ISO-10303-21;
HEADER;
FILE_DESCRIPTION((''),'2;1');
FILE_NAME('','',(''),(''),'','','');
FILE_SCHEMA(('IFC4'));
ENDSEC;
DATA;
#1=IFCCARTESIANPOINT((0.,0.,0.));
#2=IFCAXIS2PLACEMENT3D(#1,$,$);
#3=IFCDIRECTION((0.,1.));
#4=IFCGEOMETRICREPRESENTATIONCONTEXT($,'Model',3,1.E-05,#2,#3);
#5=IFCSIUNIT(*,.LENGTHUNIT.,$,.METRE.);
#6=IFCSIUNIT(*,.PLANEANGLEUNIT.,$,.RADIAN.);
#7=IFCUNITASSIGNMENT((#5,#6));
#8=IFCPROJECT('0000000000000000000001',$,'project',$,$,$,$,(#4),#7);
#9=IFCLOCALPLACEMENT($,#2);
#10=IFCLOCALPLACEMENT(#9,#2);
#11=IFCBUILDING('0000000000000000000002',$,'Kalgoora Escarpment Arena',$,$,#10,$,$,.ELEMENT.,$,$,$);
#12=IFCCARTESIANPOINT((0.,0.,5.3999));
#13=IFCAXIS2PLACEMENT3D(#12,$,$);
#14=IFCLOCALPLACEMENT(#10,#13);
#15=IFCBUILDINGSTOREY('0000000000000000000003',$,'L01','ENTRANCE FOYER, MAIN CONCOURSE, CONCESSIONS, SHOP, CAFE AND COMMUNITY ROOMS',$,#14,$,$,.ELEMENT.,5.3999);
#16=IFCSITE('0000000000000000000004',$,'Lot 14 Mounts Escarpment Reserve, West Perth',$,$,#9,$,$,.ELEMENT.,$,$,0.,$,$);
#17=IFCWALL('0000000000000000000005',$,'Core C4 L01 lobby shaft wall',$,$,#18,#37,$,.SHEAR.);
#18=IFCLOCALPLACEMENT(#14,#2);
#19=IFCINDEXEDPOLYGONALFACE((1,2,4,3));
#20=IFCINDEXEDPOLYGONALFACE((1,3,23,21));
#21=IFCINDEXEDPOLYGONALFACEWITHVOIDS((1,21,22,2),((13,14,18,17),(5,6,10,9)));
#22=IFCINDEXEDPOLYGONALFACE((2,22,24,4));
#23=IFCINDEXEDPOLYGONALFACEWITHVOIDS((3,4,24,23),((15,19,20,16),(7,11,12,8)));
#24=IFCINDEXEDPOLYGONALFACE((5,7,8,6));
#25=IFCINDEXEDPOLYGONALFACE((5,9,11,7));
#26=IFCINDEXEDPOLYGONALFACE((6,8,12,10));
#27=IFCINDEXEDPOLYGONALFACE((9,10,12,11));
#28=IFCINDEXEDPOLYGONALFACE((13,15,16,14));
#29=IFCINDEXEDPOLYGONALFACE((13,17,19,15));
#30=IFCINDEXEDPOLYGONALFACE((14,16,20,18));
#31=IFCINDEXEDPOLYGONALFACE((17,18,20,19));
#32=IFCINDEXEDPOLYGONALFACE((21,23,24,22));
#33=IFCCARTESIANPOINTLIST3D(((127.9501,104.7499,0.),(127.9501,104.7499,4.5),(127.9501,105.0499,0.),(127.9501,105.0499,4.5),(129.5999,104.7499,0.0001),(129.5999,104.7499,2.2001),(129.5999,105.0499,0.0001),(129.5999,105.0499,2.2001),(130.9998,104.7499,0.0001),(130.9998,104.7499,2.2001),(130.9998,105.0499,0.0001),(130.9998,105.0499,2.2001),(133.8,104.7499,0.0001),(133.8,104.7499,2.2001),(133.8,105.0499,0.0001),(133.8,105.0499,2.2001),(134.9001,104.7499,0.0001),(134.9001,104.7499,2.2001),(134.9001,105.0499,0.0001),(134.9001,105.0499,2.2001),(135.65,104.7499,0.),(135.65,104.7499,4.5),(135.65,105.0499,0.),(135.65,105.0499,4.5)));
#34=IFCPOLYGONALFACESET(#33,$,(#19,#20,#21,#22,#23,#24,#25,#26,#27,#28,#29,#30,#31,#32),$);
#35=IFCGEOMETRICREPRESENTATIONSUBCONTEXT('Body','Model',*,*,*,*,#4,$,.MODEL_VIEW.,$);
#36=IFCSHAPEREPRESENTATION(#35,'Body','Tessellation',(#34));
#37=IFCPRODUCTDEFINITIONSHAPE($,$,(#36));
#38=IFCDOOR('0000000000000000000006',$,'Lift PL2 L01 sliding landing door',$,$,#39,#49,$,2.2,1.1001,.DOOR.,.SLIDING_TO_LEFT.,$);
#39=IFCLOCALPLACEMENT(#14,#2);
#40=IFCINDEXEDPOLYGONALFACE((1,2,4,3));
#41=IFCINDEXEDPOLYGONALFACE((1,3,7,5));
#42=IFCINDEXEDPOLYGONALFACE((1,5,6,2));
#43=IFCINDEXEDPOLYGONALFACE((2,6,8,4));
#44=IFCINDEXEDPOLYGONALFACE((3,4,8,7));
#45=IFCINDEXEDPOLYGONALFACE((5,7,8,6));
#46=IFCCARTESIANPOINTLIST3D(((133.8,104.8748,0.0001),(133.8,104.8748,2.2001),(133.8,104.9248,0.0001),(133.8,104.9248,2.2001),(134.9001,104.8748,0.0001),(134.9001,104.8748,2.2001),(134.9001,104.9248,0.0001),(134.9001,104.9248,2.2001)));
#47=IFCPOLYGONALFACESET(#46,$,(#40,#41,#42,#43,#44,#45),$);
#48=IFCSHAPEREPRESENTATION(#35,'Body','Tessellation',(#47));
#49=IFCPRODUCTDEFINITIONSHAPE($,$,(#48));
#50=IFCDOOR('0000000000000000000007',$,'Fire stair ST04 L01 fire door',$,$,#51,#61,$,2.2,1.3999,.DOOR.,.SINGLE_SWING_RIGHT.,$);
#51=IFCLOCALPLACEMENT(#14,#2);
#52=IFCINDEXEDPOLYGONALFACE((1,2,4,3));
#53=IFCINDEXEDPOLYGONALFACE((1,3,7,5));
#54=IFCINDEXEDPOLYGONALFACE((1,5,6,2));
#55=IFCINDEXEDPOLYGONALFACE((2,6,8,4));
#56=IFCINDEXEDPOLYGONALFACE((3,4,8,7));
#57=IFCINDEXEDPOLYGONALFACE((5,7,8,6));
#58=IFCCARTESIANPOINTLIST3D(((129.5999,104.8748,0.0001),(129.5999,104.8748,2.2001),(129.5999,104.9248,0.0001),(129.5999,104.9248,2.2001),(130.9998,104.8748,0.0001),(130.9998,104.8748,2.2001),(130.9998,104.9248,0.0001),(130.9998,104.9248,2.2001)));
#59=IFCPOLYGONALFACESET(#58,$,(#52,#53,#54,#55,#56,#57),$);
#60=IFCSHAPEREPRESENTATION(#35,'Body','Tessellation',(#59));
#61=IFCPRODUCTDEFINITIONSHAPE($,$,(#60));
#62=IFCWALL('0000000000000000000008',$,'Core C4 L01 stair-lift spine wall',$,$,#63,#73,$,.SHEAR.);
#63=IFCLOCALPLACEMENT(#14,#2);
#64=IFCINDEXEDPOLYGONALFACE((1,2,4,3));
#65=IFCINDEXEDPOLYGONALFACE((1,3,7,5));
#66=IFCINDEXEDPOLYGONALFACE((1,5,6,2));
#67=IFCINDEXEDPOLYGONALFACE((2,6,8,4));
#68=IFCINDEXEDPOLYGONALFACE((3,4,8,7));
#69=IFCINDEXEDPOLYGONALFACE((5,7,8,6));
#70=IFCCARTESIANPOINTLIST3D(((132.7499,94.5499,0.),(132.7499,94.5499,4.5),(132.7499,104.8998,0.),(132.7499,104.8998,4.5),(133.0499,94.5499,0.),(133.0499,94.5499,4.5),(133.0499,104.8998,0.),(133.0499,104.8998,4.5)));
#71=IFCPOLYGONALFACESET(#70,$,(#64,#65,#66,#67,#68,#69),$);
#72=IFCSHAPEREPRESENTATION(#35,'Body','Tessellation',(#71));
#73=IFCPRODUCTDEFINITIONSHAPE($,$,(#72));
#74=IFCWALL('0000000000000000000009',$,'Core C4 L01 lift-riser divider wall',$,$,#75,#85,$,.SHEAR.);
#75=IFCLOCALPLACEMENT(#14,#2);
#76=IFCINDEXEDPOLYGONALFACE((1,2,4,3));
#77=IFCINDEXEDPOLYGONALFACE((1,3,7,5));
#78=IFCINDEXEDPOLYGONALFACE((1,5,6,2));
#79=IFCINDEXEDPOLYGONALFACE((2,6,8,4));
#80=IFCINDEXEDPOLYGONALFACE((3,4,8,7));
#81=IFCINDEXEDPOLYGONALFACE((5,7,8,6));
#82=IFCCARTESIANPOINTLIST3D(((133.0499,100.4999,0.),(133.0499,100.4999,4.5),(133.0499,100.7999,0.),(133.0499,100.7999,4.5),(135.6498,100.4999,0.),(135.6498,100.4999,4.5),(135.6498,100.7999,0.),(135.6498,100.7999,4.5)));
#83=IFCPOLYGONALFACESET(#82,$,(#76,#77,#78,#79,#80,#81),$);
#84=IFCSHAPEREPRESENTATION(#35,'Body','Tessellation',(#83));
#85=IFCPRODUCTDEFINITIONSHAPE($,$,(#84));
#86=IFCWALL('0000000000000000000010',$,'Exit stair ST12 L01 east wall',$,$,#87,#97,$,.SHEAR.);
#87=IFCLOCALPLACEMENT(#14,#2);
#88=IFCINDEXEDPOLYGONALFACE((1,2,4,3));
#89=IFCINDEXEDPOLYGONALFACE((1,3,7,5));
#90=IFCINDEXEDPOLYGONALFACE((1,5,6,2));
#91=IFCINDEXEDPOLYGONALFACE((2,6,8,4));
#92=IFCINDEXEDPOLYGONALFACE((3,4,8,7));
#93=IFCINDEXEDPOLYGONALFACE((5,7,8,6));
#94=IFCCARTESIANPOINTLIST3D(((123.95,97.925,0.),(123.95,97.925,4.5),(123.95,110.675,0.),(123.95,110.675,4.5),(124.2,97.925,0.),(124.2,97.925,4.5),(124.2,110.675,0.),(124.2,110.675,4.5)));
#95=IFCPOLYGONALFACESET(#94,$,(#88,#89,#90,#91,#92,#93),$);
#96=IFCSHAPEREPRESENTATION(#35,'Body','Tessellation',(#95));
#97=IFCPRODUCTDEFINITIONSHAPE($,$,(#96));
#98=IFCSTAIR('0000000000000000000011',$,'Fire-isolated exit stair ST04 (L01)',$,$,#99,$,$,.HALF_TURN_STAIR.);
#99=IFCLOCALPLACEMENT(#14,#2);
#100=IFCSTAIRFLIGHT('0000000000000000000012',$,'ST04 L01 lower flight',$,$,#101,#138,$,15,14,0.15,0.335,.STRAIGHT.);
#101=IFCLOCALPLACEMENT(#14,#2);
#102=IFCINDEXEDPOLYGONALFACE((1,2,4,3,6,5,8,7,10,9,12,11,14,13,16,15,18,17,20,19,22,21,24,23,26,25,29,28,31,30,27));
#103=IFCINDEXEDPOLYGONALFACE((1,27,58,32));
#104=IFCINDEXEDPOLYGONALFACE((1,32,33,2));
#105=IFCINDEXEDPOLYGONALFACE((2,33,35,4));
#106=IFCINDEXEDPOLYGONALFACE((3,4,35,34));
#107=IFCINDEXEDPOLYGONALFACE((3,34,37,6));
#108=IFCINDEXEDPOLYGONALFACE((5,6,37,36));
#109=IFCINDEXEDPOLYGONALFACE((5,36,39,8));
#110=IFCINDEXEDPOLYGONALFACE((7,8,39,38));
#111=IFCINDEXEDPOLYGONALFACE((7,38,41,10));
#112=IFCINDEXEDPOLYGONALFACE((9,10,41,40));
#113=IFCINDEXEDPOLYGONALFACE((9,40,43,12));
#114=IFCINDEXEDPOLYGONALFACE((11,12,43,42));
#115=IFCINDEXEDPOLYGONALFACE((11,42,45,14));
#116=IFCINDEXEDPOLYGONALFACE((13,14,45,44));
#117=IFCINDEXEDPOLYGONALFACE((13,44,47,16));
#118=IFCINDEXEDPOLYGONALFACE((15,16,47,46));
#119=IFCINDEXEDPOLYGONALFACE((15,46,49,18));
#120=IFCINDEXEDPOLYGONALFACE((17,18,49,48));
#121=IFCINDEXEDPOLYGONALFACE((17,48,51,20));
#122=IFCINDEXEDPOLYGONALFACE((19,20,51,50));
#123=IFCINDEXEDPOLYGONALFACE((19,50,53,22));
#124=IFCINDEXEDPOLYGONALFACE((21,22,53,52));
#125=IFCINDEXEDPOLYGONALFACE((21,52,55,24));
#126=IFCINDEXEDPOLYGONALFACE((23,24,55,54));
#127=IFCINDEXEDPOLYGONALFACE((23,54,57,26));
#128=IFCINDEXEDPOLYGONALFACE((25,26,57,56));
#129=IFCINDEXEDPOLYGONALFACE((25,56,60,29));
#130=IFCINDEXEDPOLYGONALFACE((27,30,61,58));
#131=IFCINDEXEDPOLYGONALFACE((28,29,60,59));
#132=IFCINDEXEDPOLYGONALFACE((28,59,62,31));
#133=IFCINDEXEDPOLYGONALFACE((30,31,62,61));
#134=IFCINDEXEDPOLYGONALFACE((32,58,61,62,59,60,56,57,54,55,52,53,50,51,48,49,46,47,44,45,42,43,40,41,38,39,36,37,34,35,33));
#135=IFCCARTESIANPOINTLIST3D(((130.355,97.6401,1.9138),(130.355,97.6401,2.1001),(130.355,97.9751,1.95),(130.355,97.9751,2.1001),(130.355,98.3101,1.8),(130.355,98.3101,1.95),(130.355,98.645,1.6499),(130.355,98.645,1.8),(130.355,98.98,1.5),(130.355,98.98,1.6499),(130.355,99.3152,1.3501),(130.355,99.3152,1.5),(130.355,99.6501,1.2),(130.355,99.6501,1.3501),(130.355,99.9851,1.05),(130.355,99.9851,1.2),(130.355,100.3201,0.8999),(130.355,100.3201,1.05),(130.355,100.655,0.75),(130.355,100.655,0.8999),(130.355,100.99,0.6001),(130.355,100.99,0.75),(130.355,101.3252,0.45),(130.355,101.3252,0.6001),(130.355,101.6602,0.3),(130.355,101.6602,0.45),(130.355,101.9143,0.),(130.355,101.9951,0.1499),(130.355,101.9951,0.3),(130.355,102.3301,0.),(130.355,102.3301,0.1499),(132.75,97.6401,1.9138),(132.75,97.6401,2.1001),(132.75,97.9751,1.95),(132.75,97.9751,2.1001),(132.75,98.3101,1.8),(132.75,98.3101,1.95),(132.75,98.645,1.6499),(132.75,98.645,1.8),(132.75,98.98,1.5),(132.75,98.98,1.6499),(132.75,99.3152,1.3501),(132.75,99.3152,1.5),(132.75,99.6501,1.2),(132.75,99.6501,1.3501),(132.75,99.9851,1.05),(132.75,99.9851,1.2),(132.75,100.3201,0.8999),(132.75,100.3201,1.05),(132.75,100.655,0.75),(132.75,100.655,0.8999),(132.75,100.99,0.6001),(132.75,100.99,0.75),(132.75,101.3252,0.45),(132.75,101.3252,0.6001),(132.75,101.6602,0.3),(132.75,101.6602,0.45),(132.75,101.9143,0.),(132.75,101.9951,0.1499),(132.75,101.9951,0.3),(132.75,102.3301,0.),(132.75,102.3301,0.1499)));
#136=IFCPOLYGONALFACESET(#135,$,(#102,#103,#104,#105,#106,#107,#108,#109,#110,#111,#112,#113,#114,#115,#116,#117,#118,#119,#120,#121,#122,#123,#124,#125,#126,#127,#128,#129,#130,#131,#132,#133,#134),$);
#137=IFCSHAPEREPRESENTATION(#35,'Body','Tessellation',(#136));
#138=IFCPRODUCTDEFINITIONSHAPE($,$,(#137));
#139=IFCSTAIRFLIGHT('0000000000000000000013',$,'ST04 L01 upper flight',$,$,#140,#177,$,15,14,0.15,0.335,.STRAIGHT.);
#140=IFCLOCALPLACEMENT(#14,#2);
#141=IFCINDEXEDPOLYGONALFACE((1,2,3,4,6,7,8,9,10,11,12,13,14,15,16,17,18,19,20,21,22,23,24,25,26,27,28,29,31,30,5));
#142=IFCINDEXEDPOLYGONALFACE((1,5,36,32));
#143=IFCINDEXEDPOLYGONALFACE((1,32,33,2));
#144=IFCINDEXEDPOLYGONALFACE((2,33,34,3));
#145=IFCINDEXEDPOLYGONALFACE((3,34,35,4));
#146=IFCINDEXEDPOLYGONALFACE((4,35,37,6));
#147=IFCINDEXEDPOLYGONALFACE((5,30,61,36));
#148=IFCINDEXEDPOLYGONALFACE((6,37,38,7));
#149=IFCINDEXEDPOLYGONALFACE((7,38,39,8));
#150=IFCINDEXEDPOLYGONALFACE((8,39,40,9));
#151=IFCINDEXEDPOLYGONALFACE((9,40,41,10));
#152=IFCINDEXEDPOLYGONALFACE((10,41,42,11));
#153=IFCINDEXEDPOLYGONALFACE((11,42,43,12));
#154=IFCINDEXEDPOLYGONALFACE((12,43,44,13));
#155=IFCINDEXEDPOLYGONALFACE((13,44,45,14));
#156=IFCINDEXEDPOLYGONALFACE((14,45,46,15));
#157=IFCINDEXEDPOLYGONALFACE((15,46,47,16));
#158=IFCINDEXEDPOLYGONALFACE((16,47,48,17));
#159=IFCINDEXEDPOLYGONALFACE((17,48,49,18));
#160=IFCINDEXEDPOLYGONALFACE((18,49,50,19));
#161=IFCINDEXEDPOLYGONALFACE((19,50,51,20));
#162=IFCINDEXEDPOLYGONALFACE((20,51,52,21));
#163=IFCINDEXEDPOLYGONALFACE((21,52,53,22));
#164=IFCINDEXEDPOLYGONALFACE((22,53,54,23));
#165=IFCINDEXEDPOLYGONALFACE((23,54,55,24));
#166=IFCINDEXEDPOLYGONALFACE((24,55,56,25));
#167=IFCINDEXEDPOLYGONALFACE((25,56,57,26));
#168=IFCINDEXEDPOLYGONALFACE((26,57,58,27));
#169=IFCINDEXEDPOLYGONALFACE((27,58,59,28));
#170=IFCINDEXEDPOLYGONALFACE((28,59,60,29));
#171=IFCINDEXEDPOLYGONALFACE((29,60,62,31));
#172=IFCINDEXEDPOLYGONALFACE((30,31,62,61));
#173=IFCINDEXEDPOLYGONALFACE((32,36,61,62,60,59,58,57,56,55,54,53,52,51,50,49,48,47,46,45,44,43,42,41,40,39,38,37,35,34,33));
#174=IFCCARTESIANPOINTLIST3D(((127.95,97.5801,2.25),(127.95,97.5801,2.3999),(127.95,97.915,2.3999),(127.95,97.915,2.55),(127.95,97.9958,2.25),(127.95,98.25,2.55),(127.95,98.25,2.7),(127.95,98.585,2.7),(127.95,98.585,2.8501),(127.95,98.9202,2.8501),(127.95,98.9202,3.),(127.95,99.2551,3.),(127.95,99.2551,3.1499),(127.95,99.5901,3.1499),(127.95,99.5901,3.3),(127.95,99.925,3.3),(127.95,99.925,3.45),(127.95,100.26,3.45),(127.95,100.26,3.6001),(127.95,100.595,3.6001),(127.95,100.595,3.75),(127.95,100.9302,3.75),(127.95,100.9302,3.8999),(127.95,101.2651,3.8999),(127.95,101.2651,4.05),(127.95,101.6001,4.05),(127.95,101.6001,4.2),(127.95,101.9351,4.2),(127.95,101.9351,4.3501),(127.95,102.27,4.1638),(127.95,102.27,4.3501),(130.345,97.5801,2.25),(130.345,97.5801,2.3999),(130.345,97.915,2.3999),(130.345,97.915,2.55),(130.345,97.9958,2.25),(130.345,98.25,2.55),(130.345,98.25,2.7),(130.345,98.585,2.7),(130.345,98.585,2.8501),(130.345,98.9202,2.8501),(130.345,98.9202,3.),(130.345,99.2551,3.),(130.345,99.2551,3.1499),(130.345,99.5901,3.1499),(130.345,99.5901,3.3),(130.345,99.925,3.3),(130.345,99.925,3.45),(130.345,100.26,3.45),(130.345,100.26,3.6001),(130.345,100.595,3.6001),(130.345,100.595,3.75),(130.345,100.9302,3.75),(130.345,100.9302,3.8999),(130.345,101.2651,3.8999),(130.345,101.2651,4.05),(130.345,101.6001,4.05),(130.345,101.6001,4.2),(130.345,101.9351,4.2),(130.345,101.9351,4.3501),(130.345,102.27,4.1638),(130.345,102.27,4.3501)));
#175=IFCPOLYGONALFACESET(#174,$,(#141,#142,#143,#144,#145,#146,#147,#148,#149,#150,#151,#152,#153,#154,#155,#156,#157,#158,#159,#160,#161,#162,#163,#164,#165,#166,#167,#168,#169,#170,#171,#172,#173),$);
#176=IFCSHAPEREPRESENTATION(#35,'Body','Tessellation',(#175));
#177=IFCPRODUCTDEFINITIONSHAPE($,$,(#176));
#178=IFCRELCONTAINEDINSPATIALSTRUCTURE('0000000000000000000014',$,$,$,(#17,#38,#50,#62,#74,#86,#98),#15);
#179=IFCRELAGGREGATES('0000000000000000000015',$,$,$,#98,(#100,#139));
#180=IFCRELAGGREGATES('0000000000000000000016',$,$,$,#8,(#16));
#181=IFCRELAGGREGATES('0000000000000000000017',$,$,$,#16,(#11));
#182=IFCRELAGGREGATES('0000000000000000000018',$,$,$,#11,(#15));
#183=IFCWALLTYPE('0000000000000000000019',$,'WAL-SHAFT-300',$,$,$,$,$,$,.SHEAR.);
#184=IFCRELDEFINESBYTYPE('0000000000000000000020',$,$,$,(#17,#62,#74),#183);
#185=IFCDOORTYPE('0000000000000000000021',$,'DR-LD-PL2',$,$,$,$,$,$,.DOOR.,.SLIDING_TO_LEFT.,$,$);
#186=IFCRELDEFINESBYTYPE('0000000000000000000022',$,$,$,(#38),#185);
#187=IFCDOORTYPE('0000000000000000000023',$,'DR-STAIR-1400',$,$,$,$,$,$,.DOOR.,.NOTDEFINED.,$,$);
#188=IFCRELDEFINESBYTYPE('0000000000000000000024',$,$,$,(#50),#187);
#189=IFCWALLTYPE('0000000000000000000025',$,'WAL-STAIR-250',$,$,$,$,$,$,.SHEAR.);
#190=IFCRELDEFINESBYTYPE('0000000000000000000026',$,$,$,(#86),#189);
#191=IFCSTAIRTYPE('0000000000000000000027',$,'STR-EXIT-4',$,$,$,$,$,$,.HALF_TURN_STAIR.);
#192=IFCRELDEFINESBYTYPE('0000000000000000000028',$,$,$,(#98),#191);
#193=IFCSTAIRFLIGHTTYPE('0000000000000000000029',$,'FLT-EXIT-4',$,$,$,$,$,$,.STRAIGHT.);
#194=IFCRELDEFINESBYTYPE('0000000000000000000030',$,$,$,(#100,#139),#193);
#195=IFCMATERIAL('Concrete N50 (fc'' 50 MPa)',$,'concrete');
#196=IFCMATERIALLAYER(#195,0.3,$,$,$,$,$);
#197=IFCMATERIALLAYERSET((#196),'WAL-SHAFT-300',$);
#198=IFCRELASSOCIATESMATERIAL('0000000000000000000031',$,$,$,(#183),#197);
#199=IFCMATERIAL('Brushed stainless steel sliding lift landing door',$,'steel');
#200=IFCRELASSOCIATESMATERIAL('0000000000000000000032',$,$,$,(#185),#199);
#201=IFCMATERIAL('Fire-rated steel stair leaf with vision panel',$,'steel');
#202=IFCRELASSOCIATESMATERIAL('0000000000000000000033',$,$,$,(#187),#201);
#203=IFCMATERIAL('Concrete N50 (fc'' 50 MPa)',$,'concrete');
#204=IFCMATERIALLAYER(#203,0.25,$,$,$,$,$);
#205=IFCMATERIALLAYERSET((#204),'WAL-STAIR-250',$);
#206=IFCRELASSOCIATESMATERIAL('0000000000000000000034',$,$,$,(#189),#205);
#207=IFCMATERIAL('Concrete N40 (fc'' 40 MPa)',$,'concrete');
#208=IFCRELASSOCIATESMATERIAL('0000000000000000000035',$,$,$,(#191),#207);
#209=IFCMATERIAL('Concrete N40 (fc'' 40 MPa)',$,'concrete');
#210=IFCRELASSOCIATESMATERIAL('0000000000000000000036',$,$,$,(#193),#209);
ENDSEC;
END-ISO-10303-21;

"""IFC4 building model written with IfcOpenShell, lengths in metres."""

from ifc_helpers import new_model, si_unit, direction, frame, frame_2d, origin, place, context, subcontext, project, spatial, polyline, rectangle, outline, extrude, material, layer, layer_set, type_object, element, fill, aggregate, save


model = new_model("IFC4")

# Units and contexts
model_context = context("Model", 3, precision=1e-05, world=origin(), true_north=direction((0.0, 1.0)))
body_context = subcontext(model_context, "Body", "Model", "MODEL_VIEW")
ifc_project = project(units=[si_unit("LENGTHUNIT", "METRE"), si_unit("PLANEANGLEUNIT", "RADIAN")], contexts=[model_context])

# Site, building, storey
site_placement = place(None, origin())
site = spatial("IfcSite", under=ifc_project, at=site_placement, Name="Lot 14 Mounts Escarpment Reserve, West Perth", CompositionType="ELEMENT", RefElevation=0.0)
building_placement = place(site_placement, origin())
building = spatial("IfcBuilding", under=site, at=building_placement, Name="Kalgoora Escarpment Arena", CompositionType="ELEMENT")
storey_placement = place(building_placement, frame((0.0, 0.0, 5.3999)))
storey = spatial("IfcBuildingStorey", under=building, at=storey_placement, Name="L01", Description="ENTRANCE FOYER, MAIN CONCOURSE, CONCESSIONS, SHOP, CAFE AND COMMUNITY ROOMS", CompositionType="ELEMENT", Elevation=5.3999)

# Wall, openings, doors
ifc_material_1 = material(Name="Concrete N50 (fc' 50 MPa)", Category="concrete")
ifc_layer_1 = layer(ifc_material_1, 0.3)
ifc_layer_set_1 = layer_set([ifc_layer_1], Name="WAL-SHAFT-300")
wall_type_1 = type_object("IfcWallType", Name="WAL-SHAFT-300", PredefinedType="SHEAR", material=ifc_layer_set_1)
wall_1_placement = place(storey_placement, frame((127.95, 104.8999, 0.0), z_axis=(0.0, 0.0, 1.0), x_axis=(1.0, 0.0, 0.0)))
wall_1 = element("IfcWall", 1, at=wall_1_placement, inside=storey, type_object=wall_type_1, Name="Core C4 L01 lobby shaft wall", PredefinedType="SHEAR", context=body_context, shape_type="SweptSolid", body=[
    extrude(rectangle(XDim=7.7, YDim=0.3, at=frame_2d((3.8501, 0.0))), origin(), (0.0, 0.0, 1.0), 4.5),
])
opening_1_placement = place(wall_1_placement, frame((1.6499, 0.0, 0.0)))
opening_1 = element("IfcOpeningElement", 2, at=opening_1_placement, cuts=wall_1, PredefinedType="OPENING", context=body_context, shape_type="SweptSolid", body=[
    extrude(rectangle(XDim=1.3999, YDim=2.2, at=frame_2d((0.7, 1.1001))), frame((0.0, 0.1599, 0.0), z_axis=(0.0, -1.0, 0.0), x_axis=(1.0, 0.0, 0.0)), (0.0, 0.0, 1.0), 0.3201),
])
opening_2_placement = place(wall_1_placement, frame((5.8501, 0.0, 0.0)))
opening_2 = element("IfcOpeningElement", 3, at=opening_2_placement, cuts=wall_1, PredefinedType="OPENING", context=body_context, shape_type="SweptSolid", body=[
    extrude(rectangle(XDim=1.1001, YDim=2.2, at=frame_2d((0.55, 1.1001))), frame((0.0, 0.1599, 0.0), z_axis=(0.0, -1.0, 0.0), x_axis=(1.0, 0.0, 0.0)), (0.0, 0.0, 1.0), 0.3201),
])
ifc_material_2 = material(Name="Brushed stainless steel sliding lift landing door", Category="steel")
door_type_1 = type_object("IfcDoorType", Name="DR-LD-PL2", OperationType="SLIDING_TO_LEFT", PredefinedType="DOOR", material=ifc_material_2)
door_1_placement = place(opening_2_placement, origin())
door_1 = element("IfcDoor", 4, at=door_1_placement, inside=storey, type_object=door_type_1, Name="Lift PL2 L01 sliding landing door", OperationType="SLIDING_TO_LEFT", OverallHeight=2.2, OverallWidth=1.1001, PredefinedType="DOOR", context=body_context, shape_type="SweptSolid", body=[
    extrude(rectangle(XDim=1.1001, YDim=2.2, at=frame_2d((0.55, 1.1001))), frame((0.0, 0.0249, 0.0), z_axis=(0.0, -1.0, 0.0), x_axis=(1.0, 0.0, 0.0)), (0.0, 0.0, 1.0), 0.05),
])
fill(opening_2, door_1)
ifc_material_3 = material(Name="Fire-rated steel stair leaf with vision panel", Category="steel")
door_type_2 = type_object("IfcDoorType", Name="DR-STAIR-1400", OperationType="NOTDEFINED", PredefinedType="DOOR", material=ifc_material_3)
door_2_placement = place(opening_1_placement, origin())
door_2 = element("IfcDoor", 5, at=door_2_placement, inside=storey, type_object=door_type_2, Name="Fire stair ST04 L01 fire door", OperationType="SINGLE_SWING_RIGHT", OverallHeight=2.2, OverallWidth=1.3999, PredefinedType="DOOR", context=body_context, shape_type="SweptSolid", body=[
    extrude(rectangle(XDim=1.3999, YDim=2.2, at=frame_2d((0.7, 1.1001))), frame((0.0, 0.0249, 0.0), z_axis=(0.0, -1.0, 0.0), x_axis=(1.0, 0.0, 0.0)), (0.0, 0.0, 1.0), 0.05),
])
fill(opening_1, door_2)

# Walls
wall_2_placement = place(storey_placement, frame((132.8999, 94.55, 0.0), z_axis=(0.0, 0.0, 1.0), x_axis=(0.0, 1.0, 0.0)))
element("IfcWall", 6, at=wall_2_placement, inside=storey, type_object=wall_type_1, Name="Core C4 L01 stair-lift spine wall", PredefinedType="SHEAR", context=body_context, shape_type="SweptSolid", body=[
    extrude(rectangle(XDim=10.3499, YDim=0.3, at=frame_2d((5.1748, 0.0))), origin(), (0.0, 0.0, 1.0), 4.5),
])
wall_3_placement = place(storey_placement, frame((133.05, 100.6499, 0.0), z_axis=(0.0, 0.0, 1.0), x_axis=(1.0, 0.0, 0.0)))
element("IfcWall", 7, at=wall_3_placement, inside=storey, type_object=wall_type_1, Name="Core C4 L01 lift-riser divider wall", PredefinedType="SHEAR", context=body_context, shape_type="SweptSolid", body=[
    extrude(rectangle(XDim=2.5999, YDim=0.3, at=frame_2d((1.2998, 0.0))), origin(), (0.0, 0.0, 1.0), 4.5),
])
ifc_material_4 = material(Name="Concrete N50 (fc' 50 MPa)", Category="concrete")
ifc_layer_2 = layer(ifc_material_4, 0.25)
ifc_layer_set_2 = layer_set([ifc_layer_2], Name="WAL-STAIR-250")
wall_type_2 = type_object("IfcWallType", Name="WAL-STAIR-250", PredefinedType="SHEAR", material=ifc_layer_set_2)
wall_4_placement = place(storey_placement, frame((124.075, 97.925, 0.0), z_axis=(0.0, 0.0, 1.0), x_axis=(0.0, 1.0, 0.0)))
element("IfcWall", 8, at=wall_4_placement, inside=storey, type_object=wall_type_2, Name="Exit stair ST12 L01 east wall", PredefinedType="SHEAR", context=body_context, shape_type="SweptSolid", body=[
    extrude(rectangle(XDim=12.75, YDim=0.25, at=frame_2d((6.375, 0.0))), origin(), (0.0, 0.0, 1.0), 4.5),
])

# Stair, stair flights
ifc_material_5 = material(Name="Concrete N40 (fc' 40 MPa)", Category="concrete")
stair_type_1 = type_object("IfcStairType", Name="STR-EXIT-4", PredefinedType="HALF_TURN_STAIR", material=ifc_material_5)
stair_1_placement = place(storey_placement, origin())
stair_1 = element("IfcStair", 9, at=stair_1_placement, inside=storey, type_object=stair_type_1, Name="Fire-isolated exit stair ST04 (L01)", PredefinedType="HALF_TURN_STAIR")
ifc_material_6 = material(Name="Concrete N40 (fc' 40 MPa)", Category="concrete")
stair_flight_type_1 = type_object("IfcStairFlightType", Name="FLT-EXIT-4", PredefinedType="STRAIGHT", material=ifc_material_6)
stair_flight_1_placement = place(storey_placement, frame((131.5525, 102.3301, 0.0), z_axis=(0.0, 0.0, 1.0), x_axis=(0.0, -1.0, 0.0)))
stair_flight_1 = element("IfcStairFlight", 10, at=stair_flight_1_placement, type_object=stair_flight_type_1, Name="ST04 L01 lower flight", NumberOfRisers=15, NumberOfTreads=14, PredefinedType="STRAIGHT", RiserHeight=0.15, TreadLength=0.335, context=body_context, shape_type="SweptSolid", body=[
    extrude(outline(polyline([(0.0, 0.0), (0.0, 0.1499), (0.335, 0.1499), (0.335, 0.3), (0.6699, 0.3), (0.6699, 0.45), (1.0049, 0.45), (1.0049, 0.6001), (1.3401, 0.6001), (1.3401, 0.75), (1.675, 0.75), (1.675, 0.8999), (2.01, 0.8999), (2.01, 1.05), (2.345, 1.05), (2.345, 1.2), (2.6799, 1.2), (2.6799, 1.3501), (3.0149, 1.3501), (3.0149, 1.5), (3.3501, 1.5), (3.3501, 1.6499), (3.6851, 1.6499), (3.6851, 1.8), (4.02, 1.8), (4.02, 1.95), (4.355, 1.95), (4.355, 2.1001), (4.6899, 2.1001), (4.6899, 2.25), (4.6899, 1.9138), (0.4158, 0.0), (0.0, 0.0)])), frame((0.0, 1.1975, 0.0), z_axis=(0.0, -1.0, 0.0), x_axis=(1.0, 0.0, 0.0)), (0.0, 0.0, 1.0), 2.395),
])
stair_flight_2_placement = place(storey_placement, frame((129.1475, 97.5801, 2.25), z_axis=(0.0, 0.0, 1.0), x_axis=(0.0, 1.0, 0.0)))
stair_flight_2 = element("IfcStairFlight", 11, at=stair_flight_2_placement, type_object=stair_flight_type_1, Name="ST04 L01 upper flight", NumberOfRisers=15, NumberOfTreads=14, PredefinedType="STRAIGHT", RiserHeight=0.15, TreadLength=0.335, context=body_context, shape_type="SweptSolid", body=[
    extrude(outline(polyline([(0.0, 0.0), (0.0, 0.1499), (0.335, 0.1499), (0.335, 0.3), (0.6699, 0.3), (0.6699, 0.45), (1.0049, 0.45), (1.0049, 0.6001), (1.3401, 0.6001), (1.3401, 0.75), (1.675, 0.75), (1.675, 0.8999), (2.01, 0.8999), (2.01, 1.05), (2.345, 1.05), (2.345, 1.2), (2.6799, 1.2), (2.6799, 1.3501), (3.0149, 1.3501), (3.0149, 1.5), (3.3501, 1.5), (3.3501, 1.6499), (3.6851, 1.6499), (3.6851, 1.8), (4.02, 1.8), (4.02, 1.95), (4.355, 1.95), (4.355, 2.1001), (4.6899, 2.1001), (4.6899, 2.25), (4.6899, 1.9138), (0.4158, 0.0), (0.0, 0.0)])), frame((0.0, 1.1975, 0.0), z_axis=(0.0, -1.0, 0.0), x_axis=(1.0, 0.0, 0.0)), (0.0, 0.0, 1.0), 2.395),
])
aggregate(stair_1, [stair_flight_1, stair_flight_2])

save(model, "model.ifc")
